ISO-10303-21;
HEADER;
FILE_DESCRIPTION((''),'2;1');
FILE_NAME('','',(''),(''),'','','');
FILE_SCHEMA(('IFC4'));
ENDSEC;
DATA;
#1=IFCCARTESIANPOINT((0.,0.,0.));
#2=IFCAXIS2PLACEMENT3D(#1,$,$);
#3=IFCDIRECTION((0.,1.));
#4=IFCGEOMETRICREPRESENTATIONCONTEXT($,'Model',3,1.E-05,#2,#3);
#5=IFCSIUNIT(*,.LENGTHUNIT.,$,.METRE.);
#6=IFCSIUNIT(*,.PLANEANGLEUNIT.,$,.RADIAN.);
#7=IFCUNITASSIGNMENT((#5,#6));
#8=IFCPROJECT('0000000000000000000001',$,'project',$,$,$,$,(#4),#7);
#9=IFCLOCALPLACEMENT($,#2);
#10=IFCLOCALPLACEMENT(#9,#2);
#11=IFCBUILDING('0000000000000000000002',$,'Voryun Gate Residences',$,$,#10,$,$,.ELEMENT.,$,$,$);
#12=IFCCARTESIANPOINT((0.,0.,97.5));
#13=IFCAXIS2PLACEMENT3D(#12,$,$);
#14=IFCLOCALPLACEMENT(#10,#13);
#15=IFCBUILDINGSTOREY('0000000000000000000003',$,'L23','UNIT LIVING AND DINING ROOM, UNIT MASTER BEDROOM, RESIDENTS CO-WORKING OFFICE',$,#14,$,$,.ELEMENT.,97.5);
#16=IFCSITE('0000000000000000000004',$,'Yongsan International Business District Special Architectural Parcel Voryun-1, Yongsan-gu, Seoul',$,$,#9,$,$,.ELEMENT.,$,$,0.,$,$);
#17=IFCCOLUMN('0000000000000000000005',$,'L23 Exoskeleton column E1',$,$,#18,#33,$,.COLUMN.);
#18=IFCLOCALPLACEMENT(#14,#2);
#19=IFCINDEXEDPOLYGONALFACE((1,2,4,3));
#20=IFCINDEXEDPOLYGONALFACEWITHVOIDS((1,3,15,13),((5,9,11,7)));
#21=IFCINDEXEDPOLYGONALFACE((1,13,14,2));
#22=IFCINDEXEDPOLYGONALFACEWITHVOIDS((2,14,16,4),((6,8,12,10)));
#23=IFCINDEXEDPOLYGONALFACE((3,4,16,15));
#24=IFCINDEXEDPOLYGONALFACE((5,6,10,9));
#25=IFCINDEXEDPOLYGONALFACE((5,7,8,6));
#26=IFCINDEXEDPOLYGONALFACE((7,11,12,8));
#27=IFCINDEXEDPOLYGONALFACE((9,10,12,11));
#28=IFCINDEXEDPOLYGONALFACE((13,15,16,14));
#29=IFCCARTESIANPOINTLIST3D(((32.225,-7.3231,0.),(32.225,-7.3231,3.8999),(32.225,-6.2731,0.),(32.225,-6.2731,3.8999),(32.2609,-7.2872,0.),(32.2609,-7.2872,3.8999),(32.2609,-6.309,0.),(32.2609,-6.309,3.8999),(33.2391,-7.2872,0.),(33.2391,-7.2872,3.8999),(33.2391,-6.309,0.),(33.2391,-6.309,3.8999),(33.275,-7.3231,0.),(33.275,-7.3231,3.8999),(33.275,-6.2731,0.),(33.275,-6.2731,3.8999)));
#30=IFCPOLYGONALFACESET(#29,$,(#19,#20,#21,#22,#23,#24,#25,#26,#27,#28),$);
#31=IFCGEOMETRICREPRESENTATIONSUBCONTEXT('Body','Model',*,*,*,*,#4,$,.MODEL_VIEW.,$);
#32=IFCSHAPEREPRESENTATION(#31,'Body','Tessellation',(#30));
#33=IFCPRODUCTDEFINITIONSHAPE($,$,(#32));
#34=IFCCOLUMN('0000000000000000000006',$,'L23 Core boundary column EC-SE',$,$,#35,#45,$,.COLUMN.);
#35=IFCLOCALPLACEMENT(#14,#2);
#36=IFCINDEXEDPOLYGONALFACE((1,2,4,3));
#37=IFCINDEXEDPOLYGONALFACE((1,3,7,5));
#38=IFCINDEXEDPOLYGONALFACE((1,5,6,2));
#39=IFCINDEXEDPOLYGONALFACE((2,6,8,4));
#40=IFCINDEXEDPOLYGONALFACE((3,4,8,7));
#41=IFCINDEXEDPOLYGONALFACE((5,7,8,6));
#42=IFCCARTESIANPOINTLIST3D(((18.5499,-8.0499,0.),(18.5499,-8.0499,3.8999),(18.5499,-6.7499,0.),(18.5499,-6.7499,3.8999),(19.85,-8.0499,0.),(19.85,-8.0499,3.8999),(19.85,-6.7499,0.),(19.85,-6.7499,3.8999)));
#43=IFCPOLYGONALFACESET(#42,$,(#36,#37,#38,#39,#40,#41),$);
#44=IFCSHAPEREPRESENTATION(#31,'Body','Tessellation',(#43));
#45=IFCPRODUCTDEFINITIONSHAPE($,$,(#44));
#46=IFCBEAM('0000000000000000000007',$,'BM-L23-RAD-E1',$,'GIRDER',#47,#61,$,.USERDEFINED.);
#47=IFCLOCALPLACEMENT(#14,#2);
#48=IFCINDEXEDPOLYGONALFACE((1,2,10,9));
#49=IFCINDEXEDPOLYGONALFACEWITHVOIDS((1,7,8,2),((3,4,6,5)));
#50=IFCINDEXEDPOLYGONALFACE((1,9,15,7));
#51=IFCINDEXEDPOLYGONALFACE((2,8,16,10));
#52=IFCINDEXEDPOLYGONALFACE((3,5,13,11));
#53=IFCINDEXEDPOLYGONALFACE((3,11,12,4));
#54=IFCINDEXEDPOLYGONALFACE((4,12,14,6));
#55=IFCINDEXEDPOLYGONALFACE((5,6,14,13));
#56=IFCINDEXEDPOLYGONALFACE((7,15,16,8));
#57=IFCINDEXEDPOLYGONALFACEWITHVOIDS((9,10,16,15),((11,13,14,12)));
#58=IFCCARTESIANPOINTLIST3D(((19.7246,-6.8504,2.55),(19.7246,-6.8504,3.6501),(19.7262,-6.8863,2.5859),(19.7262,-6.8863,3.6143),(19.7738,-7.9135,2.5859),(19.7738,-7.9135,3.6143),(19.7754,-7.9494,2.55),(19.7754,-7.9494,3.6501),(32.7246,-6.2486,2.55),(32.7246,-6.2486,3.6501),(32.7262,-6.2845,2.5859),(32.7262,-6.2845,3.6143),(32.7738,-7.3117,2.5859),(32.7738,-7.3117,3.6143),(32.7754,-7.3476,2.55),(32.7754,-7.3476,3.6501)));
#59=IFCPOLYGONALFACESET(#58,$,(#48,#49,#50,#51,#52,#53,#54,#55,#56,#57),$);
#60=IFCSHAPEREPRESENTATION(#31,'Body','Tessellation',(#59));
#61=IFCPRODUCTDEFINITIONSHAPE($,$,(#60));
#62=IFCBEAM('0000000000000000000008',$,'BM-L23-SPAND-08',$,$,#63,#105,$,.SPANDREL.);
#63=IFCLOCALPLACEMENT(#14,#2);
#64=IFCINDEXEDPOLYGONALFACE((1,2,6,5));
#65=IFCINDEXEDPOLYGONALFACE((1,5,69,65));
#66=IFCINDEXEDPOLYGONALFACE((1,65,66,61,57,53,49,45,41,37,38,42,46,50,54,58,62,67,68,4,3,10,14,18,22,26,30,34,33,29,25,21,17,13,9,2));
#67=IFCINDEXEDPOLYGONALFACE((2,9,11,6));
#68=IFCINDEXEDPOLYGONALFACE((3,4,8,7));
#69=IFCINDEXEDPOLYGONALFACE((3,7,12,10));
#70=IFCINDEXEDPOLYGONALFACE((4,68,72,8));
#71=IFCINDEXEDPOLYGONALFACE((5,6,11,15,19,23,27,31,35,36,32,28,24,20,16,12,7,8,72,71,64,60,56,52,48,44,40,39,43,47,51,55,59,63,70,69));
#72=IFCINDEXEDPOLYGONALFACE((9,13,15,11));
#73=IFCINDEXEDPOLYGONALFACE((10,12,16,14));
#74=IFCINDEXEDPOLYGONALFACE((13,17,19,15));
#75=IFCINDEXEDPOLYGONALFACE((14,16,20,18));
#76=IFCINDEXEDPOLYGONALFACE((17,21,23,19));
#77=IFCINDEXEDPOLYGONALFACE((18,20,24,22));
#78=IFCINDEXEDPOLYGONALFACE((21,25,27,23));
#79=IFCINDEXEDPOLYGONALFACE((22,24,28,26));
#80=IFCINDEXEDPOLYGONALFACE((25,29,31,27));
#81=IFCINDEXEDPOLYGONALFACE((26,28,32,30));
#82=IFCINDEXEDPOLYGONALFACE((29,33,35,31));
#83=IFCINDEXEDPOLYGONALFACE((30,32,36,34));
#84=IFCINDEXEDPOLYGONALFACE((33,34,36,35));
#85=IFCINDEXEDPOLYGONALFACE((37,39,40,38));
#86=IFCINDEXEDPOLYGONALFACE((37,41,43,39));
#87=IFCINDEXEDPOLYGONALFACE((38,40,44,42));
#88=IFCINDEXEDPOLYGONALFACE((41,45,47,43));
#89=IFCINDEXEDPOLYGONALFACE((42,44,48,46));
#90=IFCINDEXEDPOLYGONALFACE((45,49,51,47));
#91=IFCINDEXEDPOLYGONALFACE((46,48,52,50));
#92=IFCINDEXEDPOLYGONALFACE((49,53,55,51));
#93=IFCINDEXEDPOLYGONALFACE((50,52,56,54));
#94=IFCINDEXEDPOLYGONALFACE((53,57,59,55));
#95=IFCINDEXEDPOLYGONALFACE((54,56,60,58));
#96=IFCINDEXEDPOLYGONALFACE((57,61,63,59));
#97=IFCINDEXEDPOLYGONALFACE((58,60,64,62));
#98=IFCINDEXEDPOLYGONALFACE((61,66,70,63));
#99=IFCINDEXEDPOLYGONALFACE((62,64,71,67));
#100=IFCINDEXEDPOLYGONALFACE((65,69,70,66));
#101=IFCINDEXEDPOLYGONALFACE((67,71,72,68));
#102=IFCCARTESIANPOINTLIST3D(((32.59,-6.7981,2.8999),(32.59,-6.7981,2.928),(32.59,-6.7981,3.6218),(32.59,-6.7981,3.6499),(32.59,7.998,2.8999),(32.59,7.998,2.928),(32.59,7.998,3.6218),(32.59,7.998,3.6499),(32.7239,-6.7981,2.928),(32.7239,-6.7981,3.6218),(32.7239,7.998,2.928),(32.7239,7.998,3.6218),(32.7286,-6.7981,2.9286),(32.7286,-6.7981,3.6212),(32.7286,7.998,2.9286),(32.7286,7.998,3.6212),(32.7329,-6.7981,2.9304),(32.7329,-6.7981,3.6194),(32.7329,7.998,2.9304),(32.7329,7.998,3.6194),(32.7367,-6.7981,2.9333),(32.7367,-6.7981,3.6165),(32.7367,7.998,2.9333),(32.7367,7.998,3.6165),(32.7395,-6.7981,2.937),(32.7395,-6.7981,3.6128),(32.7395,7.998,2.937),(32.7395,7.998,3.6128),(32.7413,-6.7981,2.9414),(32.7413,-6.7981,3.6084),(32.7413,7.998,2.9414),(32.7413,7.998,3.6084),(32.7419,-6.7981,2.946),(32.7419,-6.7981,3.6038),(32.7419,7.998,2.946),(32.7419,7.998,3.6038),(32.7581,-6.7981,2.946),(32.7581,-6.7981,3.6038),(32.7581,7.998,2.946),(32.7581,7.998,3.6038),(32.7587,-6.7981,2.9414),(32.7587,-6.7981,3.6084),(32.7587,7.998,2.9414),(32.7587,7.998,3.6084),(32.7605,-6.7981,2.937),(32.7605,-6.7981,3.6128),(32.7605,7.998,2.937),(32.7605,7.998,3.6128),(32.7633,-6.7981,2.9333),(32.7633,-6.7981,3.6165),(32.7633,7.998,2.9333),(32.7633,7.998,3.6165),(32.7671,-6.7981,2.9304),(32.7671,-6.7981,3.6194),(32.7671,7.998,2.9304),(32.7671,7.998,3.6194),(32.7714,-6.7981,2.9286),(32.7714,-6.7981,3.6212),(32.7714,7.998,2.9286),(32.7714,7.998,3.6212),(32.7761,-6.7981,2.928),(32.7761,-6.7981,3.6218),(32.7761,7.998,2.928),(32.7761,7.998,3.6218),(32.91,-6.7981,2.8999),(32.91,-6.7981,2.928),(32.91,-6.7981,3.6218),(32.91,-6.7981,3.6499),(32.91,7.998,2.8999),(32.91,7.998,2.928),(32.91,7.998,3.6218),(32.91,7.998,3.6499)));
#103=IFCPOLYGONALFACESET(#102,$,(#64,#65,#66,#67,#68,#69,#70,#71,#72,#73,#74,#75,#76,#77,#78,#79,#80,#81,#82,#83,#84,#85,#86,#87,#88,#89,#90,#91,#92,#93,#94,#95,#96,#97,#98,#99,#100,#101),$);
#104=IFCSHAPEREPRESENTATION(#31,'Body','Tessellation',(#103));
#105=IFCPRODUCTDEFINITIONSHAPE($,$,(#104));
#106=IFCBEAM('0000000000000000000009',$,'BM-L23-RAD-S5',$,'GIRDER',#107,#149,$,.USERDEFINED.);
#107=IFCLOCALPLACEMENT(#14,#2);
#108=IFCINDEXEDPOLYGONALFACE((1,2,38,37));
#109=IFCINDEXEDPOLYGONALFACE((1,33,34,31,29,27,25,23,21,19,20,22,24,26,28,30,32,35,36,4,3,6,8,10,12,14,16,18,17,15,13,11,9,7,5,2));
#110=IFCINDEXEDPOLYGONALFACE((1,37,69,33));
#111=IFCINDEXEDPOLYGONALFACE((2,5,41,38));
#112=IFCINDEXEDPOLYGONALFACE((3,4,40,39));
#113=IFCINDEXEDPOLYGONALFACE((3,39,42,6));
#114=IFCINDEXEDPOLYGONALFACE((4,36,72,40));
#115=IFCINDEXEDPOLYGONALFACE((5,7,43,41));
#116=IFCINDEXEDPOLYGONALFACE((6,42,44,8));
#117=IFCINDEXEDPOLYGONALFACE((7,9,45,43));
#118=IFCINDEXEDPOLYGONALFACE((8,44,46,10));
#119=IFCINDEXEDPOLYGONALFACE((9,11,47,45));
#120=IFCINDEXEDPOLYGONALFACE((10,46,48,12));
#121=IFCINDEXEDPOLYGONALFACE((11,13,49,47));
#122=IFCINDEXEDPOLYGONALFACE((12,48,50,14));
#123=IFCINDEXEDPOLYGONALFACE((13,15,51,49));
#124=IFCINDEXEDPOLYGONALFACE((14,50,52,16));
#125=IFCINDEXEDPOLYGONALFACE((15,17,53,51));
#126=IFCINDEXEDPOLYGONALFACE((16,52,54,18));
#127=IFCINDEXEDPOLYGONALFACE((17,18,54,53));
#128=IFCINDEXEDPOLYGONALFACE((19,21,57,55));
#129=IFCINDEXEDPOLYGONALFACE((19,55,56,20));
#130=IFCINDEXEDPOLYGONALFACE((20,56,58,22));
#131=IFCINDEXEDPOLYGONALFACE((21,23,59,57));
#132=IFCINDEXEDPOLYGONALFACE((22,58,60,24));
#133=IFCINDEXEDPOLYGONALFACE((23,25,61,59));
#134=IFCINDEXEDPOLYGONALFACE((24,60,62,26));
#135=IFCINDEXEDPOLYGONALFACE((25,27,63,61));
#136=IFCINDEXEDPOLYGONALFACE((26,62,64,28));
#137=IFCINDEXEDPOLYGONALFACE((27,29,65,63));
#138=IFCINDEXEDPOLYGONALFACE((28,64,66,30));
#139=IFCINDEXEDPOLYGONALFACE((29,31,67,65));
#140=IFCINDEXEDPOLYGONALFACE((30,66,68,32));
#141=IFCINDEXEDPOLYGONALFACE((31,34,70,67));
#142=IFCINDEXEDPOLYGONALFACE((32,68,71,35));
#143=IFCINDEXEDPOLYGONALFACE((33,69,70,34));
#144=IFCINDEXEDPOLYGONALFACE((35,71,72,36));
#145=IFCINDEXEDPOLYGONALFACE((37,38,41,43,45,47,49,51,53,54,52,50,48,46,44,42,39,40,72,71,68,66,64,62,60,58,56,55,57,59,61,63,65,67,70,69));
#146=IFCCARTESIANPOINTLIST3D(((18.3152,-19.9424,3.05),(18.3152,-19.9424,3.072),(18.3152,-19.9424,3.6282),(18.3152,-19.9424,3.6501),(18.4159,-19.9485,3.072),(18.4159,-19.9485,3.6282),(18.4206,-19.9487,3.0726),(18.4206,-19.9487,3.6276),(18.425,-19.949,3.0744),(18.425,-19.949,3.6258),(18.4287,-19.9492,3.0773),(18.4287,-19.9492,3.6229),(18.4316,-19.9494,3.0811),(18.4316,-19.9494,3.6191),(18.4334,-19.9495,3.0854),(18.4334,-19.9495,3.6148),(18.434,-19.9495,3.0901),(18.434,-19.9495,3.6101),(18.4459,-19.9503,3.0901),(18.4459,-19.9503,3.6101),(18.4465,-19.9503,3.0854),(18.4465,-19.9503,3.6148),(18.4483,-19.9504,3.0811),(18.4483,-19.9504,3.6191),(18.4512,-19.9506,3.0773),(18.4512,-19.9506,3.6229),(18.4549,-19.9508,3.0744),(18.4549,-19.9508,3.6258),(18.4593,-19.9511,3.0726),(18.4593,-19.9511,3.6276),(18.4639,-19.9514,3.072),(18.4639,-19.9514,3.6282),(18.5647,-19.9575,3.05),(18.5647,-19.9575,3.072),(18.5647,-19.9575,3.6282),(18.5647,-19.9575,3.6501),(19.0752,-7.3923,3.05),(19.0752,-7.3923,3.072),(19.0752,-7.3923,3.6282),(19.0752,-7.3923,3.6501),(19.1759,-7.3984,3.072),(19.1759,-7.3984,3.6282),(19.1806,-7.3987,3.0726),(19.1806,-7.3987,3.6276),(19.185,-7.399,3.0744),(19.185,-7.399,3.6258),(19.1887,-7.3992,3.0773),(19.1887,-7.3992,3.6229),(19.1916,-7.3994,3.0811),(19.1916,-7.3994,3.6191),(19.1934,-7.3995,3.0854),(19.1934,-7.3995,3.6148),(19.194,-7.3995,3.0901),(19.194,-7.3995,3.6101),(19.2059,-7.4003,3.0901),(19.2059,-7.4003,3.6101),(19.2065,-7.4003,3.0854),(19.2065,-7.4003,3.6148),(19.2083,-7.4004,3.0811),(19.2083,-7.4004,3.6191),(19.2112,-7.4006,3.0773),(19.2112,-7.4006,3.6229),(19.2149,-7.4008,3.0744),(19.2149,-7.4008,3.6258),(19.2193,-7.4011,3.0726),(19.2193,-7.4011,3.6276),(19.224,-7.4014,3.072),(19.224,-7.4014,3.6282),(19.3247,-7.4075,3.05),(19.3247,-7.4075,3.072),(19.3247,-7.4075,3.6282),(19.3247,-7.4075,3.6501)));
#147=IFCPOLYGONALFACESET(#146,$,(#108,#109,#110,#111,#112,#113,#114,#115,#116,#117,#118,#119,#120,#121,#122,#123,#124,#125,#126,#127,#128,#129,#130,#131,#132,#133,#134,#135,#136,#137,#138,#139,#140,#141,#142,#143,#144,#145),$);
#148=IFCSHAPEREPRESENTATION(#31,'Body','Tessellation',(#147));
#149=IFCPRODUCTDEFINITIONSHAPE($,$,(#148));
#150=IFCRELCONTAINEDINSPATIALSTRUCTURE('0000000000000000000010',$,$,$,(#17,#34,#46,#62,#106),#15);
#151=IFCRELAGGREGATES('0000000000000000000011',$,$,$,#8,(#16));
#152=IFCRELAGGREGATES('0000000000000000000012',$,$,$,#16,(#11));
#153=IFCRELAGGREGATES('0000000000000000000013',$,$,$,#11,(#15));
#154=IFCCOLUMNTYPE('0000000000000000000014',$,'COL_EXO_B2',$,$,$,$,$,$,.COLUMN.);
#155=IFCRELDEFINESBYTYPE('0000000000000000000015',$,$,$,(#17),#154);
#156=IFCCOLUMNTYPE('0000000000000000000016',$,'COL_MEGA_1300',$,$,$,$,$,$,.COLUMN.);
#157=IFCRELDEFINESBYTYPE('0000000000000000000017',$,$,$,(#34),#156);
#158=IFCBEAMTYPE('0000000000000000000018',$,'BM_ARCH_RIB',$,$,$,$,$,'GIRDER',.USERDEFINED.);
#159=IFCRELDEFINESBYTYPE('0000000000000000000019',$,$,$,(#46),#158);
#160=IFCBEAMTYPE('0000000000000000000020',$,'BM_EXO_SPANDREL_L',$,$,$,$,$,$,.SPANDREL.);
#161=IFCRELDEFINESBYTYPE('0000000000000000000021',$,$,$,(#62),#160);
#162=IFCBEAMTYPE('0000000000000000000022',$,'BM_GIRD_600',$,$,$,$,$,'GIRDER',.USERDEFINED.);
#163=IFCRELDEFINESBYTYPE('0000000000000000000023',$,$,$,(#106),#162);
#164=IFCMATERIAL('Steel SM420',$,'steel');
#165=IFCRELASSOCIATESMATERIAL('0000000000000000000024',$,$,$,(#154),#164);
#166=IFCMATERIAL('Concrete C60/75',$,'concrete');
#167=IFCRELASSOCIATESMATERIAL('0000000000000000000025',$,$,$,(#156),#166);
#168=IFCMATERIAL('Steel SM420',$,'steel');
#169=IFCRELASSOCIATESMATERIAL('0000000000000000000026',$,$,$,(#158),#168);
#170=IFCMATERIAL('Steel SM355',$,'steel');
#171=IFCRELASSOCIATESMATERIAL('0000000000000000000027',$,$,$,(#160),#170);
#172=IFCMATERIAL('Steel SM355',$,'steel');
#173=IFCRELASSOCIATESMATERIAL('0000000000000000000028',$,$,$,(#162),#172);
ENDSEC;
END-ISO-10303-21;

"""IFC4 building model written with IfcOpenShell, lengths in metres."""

from ifc_helpers import new_model, si_unit, direction, frame, origin, origin_2d, place, context, subcontext, project, spatial, rectangle, hollow_rectangle, i_section, extrude, material, material_profile, profile_set, type_object, element, save


model = new_model("IFC4")

# Units and contexts
model_context = context("Model", 3, precision=1e-05, world=origin(), true_north=direction((0.0, 1.0)))
body_context = subcontext(model_context, "Body", "Model", "MODEL_VIEW")
ifc_project = project(units=[si_unit("LENGTHUNIT", "METRE"), si_unit("PLANEANGLEUNIT", "RADIAN")], contexts=[model_context])

# Site, building, storey
site_placement = place(None, origin())
site = spatial("IfcSite", under=ifc_project, at=site_placement, Name="Yongsan International Business District Special Architectural Parcel Voryun-1, Yongsan-gu, Seoul", CompositionType="ELEMENT", RefElevation=0.0)
building_placement = place(site_placement, origin())
building = spatial("IfcBuilding", under=site, at=building_placement, Name="Voryun Gate Residences", CompositionType="ELEMENT")
storey_placement = place(building_placement, frame((0.0, 0.0, 97.5)))
storey = spatial("IfcBuildingStorey", under=building, at=storey_placement, Name="L23", Description="UNIT LIVING AND DINING ROOM, UNIT MASTER BEDROOM, RESIDENTS CO-WORKING OFFICE", CompositionType="ELEMENT", Elevation=97.5)

# Columns
ifc_material_1 = material(Name="Steel SM420", Category="steel")
ifc_material_profile_1 = material_profile(ifc_material_1, hollow_rectangle(XDim=1.05, YDim=1.05, WallThickness=0.0359, at=origin_2d()), Name="BOX-1050x1050x36")
ifc_profile_set_1 = profile_set([ifc_material_profile_1], Name="Steel SM420")
column_type_1 = type_object("IfcColumnType", Name="COL_EXO_B2", PredefinedType="COLUMN", material=ifc_profile_set_1)
column_1_placement = place(storey_placement, frame((32.75, -6.7981, 0.0), z_axis=(0.0, 0.0, 1.0), x_axis=(1.0, 0.0, 0.0)))
element("IfcColumn", 1, at=column_1_placement, inside=storey, type_object=column_type_1, Name="L23 Exoskeleton column E1", PredefinedType="COLUMN", context=body_context, shape_type="SweptSolid", body=[
    extrude(hollow_rectangle(XDim=1.05, YDim=1.05, WallThickness=0.0359, at=origin_2d()), origin(), (0.0, 0.0, 1.0), 3.8999),
])
ifc_material_2 = material(Name="Concrete C60/75", Category="concrete")
ifc_material_profile_2 = material_profile(ifc_material_2, rectangle(XDim=1.3, YDim=1.3, at=origin_2d()), Name="RC-1300x1300")
ifc_profile_set_2 = profile_set([ifc_material_profile_2], Name="Concrete C60/75")
column_type_2 = type_object("IfcColumnType", Name="COL_MEGA_1300", PredefinedType="COLUMN", material=ifc_profile_set_2)
column_2_placement = place(storey_placement, frame((19.2, -7.3999, 0.0), z_axis=(0.0, 0.0, 1.0), x_axis=(1.0, 0.0, 0.0)))
element("IfcColumn", 2, at=column_2_placement, inside=storey, type_object=column_type_2, Name="L23 Core boundary column EC-SE", PredefinedType="COLUMN", context=body_context, shape_type="SweptSolid", body=[
    extrude(rectangle(XDim=1.3, YDim=1.3, at=origin_2d()), origin(), (0.0, 0.0, 1.0), 3.8999),
])

# Beams
ifc_material_3 = material(Name="Steel SM420", Category="steel")
ifc_material_profile_3 = material_profile(ifc_material_3, hollow_rectangle(XDim=1.1001, YDim=1.1001, WallThickness=0.0359, at=origin_2d()), Name="BOX-1100x1100x36")
ifc_profile_set_3 = profile_set([ifc_material_profile_3], Name="Steel SM420")
beam_type_1 = type_object("IfcBeamType", Name="BM_ARCH_RIB", ElementType="GIRDER", PredefinedType="USERDEFINED", material=ifc_profile_set_3)
beam_1_placement = place(storey_placement, frame((19.75, -7.3999, 3.1001), z_axis=(0.99893, 0.046243, 0.0), x_axis=(-0.046243, 0.99893, 0.0)))
element("IfcBeam", 3, at=beam_1_placement, inside=storey, type_object=beam_type_1, Name="BM-L23-RAD-E1", ObjectType="GIRDER", PredefinedType="USERDEFINED", context=body_context, shape_type="SweptSolid", body=[
    extrude(hollow_rectangle(XDim=1.1001, YDim=1.1001, WallThickness=0.0359, at=origin_2d()), origin(), (0.0, 0.0, 1.0), 13.0139),
])
ifc_material_4 = material(Name="Steel SM355", Category="steel")
ifc_material_profile_4 = material_profile(ifc_material_4, i_section(OverallWidth=0.3201, OverallDepth=0.75, WebThickness=0.0161, FlangeThickness=0.0281, FilletRadius=0.0181, at=origin_2d()), Name="H-750x320x16x28")
ifc_profile_set_4 = profile_set([ifc_material_profile_4], Name="Steel SM355")
beam_type_2 = type_object("IfcBeamType", Name="BM_EXO_SPANDREL_L", PredefinedType="SPANDREL", material=ifc_profile_set_4)
beam_2_placement = place(storey_placement, frame((32.75, -6.7981, 3.2749), z_axis=(0.0, 1.0, 0.0), x_axis=(-1.0, 0.0, 0.0)))
element("IfcBeam", 4, at=beam_2_placement, inside=storey, type_object=beam_type_2, Name="BM-L23-SPAND-08", PredefinedType="SPANDREL", context=body_context, shape_type="SweptSolid", body=[
    extrude(i_section(OverallWidth=0.3201, OverallDepth=0.75, WebThickness=0.0161, FlangeThickness=0.0281, FilletRadius=0.0181, at=origin_2d()), origin(), (0.0, 0.0, 1.0), 14.7961),
])
ifc_material_5 = material(Name="Steel SM355", Category="steel")
ifc_material_profile_5 = material_profile(ifc_material_5, i_section(OverallWidth=0.25, OverallDepth=0.6001, WebThickness=0.012, FlangeThickness=0.022, FilletRadius=0.0181, at=origin_2d()), Name="H-600x250x12x22")
ifc_profile_set_5 = profile_set([ifc_material_profile_5], Name="Steel SM355")
beam_type_3 = type_object("IfcBeamType", Name="BM_GIRD_600", ElementType="GIRDER", PredefinedType="USERDEFINED", material=ifc_profile_set_5)
beam_3_placement = place(storey_placement, frame((19.2, -7.3999, 3.3501), z_axis=(-0.060448, -0.998171, 0.0), x_axis=(0.998171, -0.060448, 0.0)))
element("IfcBeam", 5, at=beam_3_placement, inside=storey, type_object=beam_type_3, Name="BM-L23-RAD-S5", ObjectType="GIRDER", PredefinedType="USERDEFINED", context=body_context, shape_type="SweptSolid", body=[
    extrude(i_section(OverallWidth=0.25, OverallDepth=0.6001, WebThickness=0.012, FlangeThickness=0.022, FilletRadius=0.0181, at=origin_2d()), origin(), (0.0, 0.0, 1.0), 12.573),
])

save(model, "model.ifc")
